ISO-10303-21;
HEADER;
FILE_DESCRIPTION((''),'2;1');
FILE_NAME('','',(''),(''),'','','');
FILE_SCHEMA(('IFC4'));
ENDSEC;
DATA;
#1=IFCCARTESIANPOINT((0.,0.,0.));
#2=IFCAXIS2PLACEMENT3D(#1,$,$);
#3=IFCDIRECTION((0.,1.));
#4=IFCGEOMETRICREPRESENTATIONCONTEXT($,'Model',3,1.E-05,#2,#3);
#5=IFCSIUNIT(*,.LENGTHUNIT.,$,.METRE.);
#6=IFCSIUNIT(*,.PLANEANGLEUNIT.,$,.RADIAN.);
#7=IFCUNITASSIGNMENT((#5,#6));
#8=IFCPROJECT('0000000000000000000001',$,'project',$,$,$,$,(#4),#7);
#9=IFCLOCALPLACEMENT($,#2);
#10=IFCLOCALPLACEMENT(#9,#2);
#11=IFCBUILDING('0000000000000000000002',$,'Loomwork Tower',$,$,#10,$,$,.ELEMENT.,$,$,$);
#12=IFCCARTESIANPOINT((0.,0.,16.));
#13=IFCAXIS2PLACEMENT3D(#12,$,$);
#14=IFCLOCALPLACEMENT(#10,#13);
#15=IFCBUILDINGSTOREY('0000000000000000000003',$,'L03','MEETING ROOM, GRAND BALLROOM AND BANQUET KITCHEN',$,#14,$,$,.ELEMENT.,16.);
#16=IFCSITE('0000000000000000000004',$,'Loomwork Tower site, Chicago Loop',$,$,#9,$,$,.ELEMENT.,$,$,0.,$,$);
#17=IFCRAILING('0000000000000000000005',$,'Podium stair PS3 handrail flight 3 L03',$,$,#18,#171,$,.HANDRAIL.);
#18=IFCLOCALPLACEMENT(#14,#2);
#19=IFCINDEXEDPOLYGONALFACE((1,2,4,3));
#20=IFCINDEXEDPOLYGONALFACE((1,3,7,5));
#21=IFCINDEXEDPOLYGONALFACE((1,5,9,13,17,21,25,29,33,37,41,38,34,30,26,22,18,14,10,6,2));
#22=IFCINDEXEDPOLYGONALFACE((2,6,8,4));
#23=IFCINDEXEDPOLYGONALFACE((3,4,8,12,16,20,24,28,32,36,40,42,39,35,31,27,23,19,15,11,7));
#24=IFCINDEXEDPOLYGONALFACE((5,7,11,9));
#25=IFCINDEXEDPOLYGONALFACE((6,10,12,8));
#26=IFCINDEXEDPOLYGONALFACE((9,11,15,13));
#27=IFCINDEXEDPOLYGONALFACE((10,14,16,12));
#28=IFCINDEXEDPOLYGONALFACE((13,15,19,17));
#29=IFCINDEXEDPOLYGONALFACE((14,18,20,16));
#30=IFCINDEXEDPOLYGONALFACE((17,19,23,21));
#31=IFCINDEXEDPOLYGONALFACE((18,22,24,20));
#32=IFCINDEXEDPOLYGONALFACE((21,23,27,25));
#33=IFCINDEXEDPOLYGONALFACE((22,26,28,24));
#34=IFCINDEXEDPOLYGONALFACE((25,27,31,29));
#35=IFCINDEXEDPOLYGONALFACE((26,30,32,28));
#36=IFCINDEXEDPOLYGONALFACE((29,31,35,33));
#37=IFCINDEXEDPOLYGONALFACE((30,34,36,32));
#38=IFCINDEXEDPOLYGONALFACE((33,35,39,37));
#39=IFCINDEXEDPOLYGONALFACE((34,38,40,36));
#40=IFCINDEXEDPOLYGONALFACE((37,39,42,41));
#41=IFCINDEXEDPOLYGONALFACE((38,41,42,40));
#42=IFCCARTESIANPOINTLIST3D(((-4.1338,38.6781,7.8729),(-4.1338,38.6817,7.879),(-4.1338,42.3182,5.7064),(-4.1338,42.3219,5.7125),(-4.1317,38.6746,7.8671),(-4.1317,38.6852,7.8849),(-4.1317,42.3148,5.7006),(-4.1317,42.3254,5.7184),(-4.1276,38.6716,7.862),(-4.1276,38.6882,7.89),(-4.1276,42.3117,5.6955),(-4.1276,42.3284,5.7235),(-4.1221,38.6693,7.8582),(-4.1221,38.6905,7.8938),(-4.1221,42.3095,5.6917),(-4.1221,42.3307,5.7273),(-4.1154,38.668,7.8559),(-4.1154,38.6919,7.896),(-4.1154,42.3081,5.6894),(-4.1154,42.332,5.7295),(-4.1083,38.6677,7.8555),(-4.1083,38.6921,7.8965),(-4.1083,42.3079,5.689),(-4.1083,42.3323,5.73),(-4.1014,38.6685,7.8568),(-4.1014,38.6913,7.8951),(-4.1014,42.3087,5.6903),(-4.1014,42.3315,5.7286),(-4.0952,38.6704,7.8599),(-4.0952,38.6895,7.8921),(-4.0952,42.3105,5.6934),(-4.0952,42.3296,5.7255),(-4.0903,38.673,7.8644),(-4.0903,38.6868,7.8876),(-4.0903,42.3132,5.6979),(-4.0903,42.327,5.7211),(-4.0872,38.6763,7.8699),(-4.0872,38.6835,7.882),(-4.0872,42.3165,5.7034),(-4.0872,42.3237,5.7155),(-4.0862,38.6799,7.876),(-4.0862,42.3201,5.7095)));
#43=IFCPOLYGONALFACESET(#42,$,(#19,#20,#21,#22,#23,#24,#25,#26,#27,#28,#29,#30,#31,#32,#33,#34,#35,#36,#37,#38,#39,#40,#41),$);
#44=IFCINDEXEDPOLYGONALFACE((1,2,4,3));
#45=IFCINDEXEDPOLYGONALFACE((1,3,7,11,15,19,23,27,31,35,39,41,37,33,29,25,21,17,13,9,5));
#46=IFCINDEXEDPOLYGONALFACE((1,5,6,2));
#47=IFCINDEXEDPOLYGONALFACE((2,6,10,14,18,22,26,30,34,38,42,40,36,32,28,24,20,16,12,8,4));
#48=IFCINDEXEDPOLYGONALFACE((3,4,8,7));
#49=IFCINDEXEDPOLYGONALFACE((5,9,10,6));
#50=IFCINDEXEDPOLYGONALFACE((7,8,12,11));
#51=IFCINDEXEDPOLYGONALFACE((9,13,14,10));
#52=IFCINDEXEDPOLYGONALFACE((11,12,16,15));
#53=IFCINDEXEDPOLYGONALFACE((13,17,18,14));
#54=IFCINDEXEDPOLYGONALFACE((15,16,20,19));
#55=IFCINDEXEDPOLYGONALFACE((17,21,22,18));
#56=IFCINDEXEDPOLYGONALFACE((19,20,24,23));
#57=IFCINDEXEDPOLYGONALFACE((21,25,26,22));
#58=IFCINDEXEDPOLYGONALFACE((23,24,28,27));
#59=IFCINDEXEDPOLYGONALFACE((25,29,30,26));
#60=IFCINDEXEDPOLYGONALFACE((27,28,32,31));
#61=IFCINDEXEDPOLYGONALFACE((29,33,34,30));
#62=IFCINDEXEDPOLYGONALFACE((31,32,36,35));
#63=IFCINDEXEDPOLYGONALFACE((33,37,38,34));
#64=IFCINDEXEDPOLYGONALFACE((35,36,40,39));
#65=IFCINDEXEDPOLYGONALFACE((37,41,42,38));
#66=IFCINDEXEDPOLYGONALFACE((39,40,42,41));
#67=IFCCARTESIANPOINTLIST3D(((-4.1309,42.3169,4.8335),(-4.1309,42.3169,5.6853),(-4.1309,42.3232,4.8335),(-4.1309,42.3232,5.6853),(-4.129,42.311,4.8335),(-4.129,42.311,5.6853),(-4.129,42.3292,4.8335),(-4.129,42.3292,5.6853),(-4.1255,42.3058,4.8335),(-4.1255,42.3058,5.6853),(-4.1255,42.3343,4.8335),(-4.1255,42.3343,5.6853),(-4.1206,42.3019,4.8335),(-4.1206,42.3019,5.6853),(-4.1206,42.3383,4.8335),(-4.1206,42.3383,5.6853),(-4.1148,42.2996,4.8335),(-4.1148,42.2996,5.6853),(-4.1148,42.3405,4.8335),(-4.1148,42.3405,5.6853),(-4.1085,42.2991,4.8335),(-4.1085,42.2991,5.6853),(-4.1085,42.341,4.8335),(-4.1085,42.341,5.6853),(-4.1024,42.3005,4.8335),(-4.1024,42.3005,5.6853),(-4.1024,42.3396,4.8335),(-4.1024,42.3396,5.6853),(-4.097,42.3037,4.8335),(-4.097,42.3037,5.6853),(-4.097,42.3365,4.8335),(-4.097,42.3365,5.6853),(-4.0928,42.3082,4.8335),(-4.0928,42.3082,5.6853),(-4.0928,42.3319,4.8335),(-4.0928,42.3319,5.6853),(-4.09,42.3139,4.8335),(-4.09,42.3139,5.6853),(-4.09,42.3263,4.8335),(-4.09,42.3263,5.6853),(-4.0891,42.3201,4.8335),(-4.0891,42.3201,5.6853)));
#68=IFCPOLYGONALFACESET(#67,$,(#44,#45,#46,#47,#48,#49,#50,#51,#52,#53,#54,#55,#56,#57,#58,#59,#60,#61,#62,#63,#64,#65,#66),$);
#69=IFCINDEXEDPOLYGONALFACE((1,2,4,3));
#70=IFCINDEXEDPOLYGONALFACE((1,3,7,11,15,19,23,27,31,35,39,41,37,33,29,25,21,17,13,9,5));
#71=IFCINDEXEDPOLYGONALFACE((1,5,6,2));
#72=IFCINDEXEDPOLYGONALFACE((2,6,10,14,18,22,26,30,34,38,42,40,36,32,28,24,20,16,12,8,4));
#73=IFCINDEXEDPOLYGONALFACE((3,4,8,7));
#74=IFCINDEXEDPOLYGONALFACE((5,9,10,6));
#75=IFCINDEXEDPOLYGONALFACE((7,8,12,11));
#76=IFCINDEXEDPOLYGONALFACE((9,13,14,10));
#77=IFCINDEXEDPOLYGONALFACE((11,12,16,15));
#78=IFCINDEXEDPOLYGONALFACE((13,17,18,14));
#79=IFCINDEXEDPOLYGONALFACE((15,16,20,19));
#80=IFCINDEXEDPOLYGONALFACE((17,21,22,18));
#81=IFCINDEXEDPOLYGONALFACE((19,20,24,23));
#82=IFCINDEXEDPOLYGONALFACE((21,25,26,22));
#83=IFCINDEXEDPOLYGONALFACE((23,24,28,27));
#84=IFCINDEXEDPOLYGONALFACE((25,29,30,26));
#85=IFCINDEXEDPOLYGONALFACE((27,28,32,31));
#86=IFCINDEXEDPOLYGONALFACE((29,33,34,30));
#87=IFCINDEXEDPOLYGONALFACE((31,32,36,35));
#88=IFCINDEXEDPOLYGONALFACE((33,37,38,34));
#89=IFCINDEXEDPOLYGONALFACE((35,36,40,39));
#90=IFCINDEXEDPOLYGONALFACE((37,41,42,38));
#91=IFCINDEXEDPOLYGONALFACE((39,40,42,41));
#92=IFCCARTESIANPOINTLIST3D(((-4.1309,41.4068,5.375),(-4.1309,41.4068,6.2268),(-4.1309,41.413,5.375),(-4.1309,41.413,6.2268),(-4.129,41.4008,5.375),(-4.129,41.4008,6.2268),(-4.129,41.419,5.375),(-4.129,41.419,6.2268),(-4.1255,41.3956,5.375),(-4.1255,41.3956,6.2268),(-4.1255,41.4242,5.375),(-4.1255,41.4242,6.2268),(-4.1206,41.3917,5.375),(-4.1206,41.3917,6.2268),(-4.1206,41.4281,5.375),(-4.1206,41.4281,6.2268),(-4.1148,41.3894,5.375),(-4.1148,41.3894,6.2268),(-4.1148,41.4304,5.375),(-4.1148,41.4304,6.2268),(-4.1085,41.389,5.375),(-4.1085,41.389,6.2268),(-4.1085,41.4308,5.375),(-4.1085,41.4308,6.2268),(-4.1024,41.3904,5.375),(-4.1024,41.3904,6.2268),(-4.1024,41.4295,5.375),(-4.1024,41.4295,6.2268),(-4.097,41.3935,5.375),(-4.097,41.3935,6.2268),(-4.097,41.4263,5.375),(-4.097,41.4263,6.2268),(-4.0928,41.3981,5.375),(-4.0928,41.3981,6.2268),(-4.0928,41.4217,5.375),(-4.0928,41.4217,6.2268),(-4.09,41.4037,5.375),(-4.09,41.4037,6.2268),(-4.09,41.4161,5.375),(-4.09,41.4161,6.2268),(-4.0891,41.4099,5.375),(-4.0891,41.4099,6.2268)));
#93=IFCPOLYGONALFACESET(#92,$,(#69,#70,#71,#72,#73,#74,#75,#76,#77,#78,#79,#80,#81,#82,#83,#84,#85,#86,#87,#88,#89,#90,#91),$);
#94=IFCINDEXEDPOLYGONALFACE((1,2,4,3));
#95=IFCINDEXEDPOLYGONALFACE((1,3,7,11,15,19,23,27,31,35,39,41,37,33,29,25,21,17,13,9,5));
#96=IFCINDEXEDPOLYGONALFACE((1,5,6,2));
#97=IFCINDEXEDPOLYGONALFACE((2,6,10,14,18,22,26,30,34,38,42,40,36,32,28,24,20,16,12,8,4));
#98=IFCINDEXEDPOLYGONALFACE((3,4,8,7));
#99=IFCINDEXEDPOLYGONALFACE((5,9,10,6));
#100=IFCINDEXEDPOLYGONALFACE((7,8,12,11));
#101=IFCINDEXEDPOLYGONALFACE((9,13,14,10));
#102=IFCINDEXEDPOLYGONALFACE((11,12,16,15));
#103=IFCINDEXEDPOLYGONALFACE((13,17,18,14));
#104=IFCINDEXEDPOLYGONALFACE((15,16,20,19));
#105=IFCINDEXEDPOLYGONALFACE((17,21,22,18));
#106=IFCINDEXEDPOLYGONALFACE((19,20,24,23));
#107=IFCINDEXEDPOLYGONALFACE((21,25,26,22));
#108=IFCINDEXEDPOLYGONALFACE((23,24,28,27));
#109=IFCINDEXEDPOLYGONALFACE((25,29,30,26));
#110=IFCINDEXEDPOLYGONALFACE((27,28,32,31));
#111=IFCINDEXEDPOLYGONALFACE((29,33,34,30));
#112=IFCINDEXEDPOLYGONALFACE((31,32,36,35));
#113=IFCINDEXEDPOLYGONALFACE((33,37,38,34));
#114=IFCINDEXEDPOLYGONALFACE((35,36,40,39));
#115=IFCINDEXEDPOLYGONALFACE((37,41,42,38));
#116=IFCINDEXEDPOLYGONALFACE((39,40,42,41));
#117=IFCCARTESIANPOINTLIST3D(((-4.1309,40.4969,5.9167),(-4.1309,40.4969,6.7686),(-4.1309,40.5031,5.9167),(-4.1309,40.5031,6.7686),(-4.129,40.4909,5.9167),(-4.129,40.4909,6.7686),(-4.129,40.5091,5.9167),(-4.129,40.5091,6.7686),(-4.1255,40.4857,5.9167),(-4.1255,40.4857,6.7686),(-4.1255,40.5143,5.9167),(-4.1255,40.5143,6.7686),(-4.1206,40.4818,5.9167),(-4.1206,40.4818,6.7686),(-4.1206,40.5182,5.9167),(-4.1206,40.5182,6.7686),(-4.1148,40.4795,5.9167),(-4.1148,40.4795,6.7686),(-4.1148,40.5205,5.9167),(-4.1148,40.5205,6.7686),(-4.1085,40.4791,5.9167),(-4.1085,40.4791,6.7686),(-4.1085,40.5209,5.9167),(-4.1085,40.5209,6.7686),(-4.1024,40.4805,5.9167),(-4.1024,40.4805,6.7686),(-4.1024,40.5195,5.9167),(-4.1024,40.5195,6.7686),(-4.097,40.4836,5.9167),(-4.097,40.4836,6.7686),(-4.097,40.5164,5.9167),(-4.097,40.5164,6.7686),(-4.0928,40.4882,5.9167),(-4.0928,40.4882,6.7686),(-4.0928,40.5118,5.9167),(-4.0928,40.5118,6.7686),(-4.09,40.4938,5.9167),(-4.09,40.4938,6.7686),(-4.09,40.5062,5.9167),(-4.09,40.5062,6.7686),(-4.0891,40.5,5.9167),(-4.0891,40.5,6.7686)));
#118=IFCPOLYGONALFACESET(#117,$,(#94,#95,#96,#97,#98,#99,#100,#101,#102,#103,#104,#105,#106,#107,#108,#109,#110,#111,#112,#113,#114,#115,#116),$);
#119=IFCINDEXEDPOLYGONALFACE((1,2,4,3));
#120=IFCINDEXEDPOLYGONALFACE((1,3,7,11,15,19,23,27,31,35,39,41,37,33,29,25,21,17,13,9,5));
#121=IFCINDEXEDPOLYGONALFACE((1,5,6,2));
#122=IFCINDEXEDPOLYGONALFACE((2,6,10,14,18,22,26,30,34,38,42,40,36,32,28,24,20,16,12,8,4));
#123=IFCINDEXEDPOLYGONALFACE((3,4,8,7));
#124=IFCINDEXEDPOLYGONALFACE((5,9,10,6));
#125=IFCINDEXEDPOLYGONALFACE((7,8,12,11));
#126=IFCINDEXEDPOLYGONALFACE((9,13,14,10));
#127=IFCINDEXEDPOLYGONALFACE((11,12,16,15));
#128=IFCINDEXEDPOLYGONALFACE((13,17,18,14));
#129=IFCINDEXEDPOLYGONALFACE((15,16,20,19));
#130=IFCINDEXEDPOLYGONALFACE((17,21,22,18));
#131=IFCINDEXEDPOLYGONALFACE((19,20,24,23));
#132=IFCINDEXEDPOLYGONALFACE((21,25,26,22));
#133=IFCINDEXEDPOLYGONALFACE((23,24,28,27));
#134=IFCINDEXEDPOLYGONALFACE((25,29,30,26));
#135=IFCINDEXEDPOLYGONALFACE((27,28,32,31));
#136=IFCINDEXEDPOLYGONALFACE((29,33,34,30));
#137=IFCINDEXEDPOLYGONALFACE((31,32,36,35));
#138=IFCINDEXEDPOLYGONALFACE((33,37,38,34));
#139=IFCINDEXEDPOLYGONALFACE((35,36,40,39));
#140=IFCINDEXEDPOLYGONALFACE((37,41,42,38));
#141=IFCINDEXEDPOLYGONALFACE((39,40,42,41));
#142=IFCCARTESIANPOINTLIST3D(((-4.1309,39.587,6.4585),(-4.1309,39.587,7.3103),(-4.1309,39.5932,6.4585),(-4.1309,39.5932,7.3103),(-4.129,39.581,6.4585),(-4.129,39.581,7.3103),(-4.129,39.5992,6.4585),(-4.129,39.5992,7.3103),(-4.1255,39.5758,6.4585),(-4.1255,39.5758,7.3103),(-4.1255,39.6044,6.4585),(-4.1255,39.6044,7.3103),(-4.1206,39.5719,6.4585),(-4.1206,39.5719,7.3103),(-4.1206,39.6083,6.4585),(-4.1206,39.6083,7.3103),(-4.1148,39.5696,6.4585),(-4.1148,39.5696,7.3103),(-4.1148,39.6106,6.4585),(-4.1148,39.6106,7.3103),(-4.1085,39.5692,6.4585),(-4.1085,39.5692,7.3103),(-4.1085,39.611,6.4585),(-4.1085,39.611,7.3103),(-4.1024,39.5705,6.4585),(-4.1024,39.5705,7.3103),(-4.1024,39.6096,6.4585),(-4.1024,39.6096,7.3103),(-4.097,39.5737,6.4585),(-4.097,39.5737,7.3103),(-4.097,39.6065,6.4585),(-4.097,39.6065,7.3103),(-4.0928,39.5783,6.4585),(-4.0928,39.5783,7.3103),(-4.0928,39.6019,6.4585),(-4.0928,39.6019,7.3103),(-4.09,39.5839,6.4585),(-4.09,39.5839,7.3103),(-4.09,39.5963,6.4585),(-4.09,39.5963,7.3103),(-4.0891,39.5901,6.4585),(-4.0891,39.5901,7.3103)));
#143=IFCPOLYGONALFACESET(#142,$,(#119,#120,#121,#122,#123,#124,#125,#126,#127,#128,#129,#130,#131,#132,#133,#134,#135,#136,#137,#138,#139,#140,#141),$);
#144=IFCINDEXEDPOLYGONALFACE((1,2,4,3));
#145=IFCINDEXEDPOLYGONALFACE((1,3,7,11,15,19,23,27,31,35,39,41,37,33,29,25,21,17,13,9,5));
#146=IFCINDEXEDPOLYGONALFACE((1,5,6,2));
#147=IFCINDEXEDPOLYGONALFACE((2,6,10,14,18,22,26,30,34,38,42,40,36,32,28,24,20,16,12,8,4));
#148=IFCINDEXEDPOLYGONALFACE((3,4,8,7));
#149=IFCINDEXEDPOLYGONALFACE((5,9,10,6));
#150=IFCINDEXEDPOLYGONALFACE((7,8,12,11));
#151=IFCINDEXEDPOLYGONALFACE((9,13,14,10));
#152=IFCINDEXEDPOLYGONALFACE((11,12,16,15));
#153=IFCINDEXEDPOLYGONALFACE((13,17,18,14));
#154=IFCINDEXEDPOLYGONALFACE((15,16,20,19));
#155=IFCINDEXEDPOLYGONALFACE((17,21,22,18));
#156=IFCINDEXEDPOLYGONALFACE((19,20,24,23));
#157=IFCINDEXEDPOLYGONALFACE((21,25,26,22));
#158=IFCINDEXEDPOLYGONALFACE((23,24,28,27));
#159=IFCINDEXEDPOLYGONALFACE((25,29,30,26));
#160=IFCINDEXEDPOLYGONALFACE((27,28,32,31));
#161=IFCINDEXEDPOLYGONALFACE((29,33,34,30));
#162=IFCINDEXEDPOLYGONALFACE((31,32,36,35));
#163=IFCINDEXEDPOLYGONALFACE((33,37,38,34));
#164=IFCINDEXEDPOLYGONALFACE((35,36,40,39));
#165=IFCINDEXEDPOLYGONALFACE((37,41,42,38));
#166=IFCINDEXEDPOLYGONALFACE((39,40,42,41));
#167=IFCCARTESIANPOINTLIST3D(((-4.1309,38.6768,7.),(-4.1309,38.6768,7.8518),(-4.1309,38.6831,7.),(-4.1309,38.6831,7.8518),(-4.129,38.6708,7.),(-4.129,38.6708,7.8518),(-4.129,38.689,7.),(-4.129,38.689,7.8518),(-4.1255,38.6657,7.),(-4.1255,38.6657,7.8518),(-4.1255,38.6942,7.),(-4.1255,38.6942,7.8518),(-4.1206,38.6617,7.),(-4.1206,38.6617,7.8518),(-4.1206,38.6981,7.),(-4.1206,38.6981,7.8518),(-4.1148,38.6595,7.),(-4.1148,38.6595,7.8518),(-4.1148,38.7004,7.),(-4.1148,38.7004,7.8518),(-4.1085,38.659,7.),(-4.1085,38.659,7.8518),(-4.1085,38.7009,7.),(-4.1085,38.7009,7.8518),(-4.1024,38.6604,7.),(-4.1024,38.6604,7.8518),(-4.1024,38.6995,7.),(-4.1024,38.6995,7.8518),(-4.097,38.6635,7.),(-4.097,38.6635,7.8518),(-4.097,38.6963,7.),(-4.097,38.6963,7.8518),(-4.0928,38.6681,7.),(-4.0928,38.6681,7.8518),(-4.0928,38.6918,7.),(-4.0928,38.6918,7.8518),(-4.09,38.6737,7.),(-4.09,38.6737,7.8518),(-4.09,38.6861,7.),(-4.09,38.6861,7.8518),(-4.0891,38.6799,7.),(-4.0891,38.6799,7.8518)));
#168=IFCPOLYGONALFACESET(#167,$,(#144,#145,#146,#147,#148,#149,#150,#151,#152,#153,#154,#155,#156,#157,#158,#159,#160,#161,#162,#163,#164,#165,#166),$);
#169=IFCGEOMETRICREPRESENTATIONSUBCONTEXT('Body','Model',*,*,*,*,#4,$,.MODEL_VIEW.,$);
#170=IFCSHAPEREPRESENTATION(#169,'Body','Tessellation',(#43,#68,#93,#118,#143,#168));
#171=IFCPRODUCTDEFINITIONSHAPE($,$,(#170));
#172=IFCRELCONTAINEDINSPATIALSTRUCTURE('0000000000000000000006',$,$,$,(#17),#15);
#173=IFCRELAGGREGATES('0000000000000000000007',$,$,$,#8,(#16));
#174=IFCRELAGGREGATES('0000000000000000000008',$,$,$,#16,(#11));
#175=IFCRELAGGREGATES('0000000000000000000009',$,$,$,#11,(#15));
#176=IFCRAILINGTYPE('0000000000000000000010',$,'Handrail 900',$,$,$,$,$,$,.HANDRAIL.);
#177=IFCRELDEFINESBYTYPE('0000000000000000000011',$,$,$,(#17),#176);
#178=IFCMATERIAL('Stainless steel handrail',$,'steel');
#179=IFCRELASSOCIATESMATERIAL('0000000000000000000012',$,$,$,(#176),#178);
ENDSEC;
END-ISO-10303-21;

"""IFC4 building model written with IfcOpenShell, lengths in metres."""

from ifc_helpers import new_model, si_unit, direction, frame, origin, origin_2d, place, context, subcontext, project, spatial, circle, extrude, material, type_object, element, save


model = new_model("IFC4")

# Units and contexts
model_context = context("Model", 3, precision=1e-05, world=origin(), true_north=direction((0.0, 1.0)))
body_context = subcontext(model_context, "Body", "Model", "MODEL_VIEW")
ifc_project = project(units=[si_unit("LENGTHUNIT", "METRE"), si_unit("PLANEANGLEUNIT", "RADIAN")], contexts=[model_context])

# Site, building, storey
site_placement = place(None, origin())
site = spatial("IfcSite", under=ifc_project, at=site_placement, Name="Loomwork Tower site, Chicago Loop", CompositionType="ELEMENT", RefElevation=0.0)
building_placement = place(site_placement, origin())
building = spatial("IfcBuilding", under=site, at=building_placement, Name="Loomwork Tower", CompositionType="ELEMENT")
storey_placement = place(building_placement, frame((0.0, 0.0, 16.0)))
storey = spatial("IfcBuildingStorey", under=building, at=storey_placement, Name="L03", Description="MEETING ROOM, GRAND BALLROOM AND BANQUET KITCHEN", CompositionType="ELEMENT", Elevation=16.0)

# Railing
ifc_material_1 = material(Name="Stainless steel handrail", Category="steel")
railing_type = type_object("IfcRailingType", Name="Handrail 900", PredefinedType="HANDRAIL", material=ifc_material_1)
railing_1_placement = place(storey_placement, frame((-4.1101, 42.3201, 4.8335)))
element("IfcRailing", 1, at=railing_1_placement, inside=storey, type_object=railing_type, Name="Podium stair PS3 handrail flight 3 L03", PredefinedType="HANDRAIL", context=body_context, shape_type="SweptSolid", body=[
    extrude(circle(Radius=0.0239, at=origin_2d()), frame((0.0, 0.0, 0.876), z_axis=(0.0, -0.859318, 0.511441), x_axis=(1.0, 0.0, 0.0)), (0.0, 0.0, 1.0), 4.2361),
    extrude(circle(Radius=0.021, at=origin_2d()), origin(), (0.0, 0.0, 1.0), 0.8518),
    extrude(circle(Radius=0.021, at=origin_2d()), frame((0.0, -0.9102, 0.5415)), (0.0, 0.0, 1.0), 0.8518),
    extrude(circle(Radius=0.021, at=origin_2d()), frame((0.0, -1.8201, 1.0833)), (0.0, 0.0, 1.0), 0.8518),
    extrude(circle(Radius=0.021, at=origin_2d()), frame((0.0, -2.73, 1.625)), (0.0, 0.0, 1.0), 0.8518),
    extrude(circle(Radius=0.021, at=origin_2d()), frame((0.0, -3.6401, 2.1665)), (0.0, 0.0, 1.0), 0.8518),
])

save(model, "model.ifc")
